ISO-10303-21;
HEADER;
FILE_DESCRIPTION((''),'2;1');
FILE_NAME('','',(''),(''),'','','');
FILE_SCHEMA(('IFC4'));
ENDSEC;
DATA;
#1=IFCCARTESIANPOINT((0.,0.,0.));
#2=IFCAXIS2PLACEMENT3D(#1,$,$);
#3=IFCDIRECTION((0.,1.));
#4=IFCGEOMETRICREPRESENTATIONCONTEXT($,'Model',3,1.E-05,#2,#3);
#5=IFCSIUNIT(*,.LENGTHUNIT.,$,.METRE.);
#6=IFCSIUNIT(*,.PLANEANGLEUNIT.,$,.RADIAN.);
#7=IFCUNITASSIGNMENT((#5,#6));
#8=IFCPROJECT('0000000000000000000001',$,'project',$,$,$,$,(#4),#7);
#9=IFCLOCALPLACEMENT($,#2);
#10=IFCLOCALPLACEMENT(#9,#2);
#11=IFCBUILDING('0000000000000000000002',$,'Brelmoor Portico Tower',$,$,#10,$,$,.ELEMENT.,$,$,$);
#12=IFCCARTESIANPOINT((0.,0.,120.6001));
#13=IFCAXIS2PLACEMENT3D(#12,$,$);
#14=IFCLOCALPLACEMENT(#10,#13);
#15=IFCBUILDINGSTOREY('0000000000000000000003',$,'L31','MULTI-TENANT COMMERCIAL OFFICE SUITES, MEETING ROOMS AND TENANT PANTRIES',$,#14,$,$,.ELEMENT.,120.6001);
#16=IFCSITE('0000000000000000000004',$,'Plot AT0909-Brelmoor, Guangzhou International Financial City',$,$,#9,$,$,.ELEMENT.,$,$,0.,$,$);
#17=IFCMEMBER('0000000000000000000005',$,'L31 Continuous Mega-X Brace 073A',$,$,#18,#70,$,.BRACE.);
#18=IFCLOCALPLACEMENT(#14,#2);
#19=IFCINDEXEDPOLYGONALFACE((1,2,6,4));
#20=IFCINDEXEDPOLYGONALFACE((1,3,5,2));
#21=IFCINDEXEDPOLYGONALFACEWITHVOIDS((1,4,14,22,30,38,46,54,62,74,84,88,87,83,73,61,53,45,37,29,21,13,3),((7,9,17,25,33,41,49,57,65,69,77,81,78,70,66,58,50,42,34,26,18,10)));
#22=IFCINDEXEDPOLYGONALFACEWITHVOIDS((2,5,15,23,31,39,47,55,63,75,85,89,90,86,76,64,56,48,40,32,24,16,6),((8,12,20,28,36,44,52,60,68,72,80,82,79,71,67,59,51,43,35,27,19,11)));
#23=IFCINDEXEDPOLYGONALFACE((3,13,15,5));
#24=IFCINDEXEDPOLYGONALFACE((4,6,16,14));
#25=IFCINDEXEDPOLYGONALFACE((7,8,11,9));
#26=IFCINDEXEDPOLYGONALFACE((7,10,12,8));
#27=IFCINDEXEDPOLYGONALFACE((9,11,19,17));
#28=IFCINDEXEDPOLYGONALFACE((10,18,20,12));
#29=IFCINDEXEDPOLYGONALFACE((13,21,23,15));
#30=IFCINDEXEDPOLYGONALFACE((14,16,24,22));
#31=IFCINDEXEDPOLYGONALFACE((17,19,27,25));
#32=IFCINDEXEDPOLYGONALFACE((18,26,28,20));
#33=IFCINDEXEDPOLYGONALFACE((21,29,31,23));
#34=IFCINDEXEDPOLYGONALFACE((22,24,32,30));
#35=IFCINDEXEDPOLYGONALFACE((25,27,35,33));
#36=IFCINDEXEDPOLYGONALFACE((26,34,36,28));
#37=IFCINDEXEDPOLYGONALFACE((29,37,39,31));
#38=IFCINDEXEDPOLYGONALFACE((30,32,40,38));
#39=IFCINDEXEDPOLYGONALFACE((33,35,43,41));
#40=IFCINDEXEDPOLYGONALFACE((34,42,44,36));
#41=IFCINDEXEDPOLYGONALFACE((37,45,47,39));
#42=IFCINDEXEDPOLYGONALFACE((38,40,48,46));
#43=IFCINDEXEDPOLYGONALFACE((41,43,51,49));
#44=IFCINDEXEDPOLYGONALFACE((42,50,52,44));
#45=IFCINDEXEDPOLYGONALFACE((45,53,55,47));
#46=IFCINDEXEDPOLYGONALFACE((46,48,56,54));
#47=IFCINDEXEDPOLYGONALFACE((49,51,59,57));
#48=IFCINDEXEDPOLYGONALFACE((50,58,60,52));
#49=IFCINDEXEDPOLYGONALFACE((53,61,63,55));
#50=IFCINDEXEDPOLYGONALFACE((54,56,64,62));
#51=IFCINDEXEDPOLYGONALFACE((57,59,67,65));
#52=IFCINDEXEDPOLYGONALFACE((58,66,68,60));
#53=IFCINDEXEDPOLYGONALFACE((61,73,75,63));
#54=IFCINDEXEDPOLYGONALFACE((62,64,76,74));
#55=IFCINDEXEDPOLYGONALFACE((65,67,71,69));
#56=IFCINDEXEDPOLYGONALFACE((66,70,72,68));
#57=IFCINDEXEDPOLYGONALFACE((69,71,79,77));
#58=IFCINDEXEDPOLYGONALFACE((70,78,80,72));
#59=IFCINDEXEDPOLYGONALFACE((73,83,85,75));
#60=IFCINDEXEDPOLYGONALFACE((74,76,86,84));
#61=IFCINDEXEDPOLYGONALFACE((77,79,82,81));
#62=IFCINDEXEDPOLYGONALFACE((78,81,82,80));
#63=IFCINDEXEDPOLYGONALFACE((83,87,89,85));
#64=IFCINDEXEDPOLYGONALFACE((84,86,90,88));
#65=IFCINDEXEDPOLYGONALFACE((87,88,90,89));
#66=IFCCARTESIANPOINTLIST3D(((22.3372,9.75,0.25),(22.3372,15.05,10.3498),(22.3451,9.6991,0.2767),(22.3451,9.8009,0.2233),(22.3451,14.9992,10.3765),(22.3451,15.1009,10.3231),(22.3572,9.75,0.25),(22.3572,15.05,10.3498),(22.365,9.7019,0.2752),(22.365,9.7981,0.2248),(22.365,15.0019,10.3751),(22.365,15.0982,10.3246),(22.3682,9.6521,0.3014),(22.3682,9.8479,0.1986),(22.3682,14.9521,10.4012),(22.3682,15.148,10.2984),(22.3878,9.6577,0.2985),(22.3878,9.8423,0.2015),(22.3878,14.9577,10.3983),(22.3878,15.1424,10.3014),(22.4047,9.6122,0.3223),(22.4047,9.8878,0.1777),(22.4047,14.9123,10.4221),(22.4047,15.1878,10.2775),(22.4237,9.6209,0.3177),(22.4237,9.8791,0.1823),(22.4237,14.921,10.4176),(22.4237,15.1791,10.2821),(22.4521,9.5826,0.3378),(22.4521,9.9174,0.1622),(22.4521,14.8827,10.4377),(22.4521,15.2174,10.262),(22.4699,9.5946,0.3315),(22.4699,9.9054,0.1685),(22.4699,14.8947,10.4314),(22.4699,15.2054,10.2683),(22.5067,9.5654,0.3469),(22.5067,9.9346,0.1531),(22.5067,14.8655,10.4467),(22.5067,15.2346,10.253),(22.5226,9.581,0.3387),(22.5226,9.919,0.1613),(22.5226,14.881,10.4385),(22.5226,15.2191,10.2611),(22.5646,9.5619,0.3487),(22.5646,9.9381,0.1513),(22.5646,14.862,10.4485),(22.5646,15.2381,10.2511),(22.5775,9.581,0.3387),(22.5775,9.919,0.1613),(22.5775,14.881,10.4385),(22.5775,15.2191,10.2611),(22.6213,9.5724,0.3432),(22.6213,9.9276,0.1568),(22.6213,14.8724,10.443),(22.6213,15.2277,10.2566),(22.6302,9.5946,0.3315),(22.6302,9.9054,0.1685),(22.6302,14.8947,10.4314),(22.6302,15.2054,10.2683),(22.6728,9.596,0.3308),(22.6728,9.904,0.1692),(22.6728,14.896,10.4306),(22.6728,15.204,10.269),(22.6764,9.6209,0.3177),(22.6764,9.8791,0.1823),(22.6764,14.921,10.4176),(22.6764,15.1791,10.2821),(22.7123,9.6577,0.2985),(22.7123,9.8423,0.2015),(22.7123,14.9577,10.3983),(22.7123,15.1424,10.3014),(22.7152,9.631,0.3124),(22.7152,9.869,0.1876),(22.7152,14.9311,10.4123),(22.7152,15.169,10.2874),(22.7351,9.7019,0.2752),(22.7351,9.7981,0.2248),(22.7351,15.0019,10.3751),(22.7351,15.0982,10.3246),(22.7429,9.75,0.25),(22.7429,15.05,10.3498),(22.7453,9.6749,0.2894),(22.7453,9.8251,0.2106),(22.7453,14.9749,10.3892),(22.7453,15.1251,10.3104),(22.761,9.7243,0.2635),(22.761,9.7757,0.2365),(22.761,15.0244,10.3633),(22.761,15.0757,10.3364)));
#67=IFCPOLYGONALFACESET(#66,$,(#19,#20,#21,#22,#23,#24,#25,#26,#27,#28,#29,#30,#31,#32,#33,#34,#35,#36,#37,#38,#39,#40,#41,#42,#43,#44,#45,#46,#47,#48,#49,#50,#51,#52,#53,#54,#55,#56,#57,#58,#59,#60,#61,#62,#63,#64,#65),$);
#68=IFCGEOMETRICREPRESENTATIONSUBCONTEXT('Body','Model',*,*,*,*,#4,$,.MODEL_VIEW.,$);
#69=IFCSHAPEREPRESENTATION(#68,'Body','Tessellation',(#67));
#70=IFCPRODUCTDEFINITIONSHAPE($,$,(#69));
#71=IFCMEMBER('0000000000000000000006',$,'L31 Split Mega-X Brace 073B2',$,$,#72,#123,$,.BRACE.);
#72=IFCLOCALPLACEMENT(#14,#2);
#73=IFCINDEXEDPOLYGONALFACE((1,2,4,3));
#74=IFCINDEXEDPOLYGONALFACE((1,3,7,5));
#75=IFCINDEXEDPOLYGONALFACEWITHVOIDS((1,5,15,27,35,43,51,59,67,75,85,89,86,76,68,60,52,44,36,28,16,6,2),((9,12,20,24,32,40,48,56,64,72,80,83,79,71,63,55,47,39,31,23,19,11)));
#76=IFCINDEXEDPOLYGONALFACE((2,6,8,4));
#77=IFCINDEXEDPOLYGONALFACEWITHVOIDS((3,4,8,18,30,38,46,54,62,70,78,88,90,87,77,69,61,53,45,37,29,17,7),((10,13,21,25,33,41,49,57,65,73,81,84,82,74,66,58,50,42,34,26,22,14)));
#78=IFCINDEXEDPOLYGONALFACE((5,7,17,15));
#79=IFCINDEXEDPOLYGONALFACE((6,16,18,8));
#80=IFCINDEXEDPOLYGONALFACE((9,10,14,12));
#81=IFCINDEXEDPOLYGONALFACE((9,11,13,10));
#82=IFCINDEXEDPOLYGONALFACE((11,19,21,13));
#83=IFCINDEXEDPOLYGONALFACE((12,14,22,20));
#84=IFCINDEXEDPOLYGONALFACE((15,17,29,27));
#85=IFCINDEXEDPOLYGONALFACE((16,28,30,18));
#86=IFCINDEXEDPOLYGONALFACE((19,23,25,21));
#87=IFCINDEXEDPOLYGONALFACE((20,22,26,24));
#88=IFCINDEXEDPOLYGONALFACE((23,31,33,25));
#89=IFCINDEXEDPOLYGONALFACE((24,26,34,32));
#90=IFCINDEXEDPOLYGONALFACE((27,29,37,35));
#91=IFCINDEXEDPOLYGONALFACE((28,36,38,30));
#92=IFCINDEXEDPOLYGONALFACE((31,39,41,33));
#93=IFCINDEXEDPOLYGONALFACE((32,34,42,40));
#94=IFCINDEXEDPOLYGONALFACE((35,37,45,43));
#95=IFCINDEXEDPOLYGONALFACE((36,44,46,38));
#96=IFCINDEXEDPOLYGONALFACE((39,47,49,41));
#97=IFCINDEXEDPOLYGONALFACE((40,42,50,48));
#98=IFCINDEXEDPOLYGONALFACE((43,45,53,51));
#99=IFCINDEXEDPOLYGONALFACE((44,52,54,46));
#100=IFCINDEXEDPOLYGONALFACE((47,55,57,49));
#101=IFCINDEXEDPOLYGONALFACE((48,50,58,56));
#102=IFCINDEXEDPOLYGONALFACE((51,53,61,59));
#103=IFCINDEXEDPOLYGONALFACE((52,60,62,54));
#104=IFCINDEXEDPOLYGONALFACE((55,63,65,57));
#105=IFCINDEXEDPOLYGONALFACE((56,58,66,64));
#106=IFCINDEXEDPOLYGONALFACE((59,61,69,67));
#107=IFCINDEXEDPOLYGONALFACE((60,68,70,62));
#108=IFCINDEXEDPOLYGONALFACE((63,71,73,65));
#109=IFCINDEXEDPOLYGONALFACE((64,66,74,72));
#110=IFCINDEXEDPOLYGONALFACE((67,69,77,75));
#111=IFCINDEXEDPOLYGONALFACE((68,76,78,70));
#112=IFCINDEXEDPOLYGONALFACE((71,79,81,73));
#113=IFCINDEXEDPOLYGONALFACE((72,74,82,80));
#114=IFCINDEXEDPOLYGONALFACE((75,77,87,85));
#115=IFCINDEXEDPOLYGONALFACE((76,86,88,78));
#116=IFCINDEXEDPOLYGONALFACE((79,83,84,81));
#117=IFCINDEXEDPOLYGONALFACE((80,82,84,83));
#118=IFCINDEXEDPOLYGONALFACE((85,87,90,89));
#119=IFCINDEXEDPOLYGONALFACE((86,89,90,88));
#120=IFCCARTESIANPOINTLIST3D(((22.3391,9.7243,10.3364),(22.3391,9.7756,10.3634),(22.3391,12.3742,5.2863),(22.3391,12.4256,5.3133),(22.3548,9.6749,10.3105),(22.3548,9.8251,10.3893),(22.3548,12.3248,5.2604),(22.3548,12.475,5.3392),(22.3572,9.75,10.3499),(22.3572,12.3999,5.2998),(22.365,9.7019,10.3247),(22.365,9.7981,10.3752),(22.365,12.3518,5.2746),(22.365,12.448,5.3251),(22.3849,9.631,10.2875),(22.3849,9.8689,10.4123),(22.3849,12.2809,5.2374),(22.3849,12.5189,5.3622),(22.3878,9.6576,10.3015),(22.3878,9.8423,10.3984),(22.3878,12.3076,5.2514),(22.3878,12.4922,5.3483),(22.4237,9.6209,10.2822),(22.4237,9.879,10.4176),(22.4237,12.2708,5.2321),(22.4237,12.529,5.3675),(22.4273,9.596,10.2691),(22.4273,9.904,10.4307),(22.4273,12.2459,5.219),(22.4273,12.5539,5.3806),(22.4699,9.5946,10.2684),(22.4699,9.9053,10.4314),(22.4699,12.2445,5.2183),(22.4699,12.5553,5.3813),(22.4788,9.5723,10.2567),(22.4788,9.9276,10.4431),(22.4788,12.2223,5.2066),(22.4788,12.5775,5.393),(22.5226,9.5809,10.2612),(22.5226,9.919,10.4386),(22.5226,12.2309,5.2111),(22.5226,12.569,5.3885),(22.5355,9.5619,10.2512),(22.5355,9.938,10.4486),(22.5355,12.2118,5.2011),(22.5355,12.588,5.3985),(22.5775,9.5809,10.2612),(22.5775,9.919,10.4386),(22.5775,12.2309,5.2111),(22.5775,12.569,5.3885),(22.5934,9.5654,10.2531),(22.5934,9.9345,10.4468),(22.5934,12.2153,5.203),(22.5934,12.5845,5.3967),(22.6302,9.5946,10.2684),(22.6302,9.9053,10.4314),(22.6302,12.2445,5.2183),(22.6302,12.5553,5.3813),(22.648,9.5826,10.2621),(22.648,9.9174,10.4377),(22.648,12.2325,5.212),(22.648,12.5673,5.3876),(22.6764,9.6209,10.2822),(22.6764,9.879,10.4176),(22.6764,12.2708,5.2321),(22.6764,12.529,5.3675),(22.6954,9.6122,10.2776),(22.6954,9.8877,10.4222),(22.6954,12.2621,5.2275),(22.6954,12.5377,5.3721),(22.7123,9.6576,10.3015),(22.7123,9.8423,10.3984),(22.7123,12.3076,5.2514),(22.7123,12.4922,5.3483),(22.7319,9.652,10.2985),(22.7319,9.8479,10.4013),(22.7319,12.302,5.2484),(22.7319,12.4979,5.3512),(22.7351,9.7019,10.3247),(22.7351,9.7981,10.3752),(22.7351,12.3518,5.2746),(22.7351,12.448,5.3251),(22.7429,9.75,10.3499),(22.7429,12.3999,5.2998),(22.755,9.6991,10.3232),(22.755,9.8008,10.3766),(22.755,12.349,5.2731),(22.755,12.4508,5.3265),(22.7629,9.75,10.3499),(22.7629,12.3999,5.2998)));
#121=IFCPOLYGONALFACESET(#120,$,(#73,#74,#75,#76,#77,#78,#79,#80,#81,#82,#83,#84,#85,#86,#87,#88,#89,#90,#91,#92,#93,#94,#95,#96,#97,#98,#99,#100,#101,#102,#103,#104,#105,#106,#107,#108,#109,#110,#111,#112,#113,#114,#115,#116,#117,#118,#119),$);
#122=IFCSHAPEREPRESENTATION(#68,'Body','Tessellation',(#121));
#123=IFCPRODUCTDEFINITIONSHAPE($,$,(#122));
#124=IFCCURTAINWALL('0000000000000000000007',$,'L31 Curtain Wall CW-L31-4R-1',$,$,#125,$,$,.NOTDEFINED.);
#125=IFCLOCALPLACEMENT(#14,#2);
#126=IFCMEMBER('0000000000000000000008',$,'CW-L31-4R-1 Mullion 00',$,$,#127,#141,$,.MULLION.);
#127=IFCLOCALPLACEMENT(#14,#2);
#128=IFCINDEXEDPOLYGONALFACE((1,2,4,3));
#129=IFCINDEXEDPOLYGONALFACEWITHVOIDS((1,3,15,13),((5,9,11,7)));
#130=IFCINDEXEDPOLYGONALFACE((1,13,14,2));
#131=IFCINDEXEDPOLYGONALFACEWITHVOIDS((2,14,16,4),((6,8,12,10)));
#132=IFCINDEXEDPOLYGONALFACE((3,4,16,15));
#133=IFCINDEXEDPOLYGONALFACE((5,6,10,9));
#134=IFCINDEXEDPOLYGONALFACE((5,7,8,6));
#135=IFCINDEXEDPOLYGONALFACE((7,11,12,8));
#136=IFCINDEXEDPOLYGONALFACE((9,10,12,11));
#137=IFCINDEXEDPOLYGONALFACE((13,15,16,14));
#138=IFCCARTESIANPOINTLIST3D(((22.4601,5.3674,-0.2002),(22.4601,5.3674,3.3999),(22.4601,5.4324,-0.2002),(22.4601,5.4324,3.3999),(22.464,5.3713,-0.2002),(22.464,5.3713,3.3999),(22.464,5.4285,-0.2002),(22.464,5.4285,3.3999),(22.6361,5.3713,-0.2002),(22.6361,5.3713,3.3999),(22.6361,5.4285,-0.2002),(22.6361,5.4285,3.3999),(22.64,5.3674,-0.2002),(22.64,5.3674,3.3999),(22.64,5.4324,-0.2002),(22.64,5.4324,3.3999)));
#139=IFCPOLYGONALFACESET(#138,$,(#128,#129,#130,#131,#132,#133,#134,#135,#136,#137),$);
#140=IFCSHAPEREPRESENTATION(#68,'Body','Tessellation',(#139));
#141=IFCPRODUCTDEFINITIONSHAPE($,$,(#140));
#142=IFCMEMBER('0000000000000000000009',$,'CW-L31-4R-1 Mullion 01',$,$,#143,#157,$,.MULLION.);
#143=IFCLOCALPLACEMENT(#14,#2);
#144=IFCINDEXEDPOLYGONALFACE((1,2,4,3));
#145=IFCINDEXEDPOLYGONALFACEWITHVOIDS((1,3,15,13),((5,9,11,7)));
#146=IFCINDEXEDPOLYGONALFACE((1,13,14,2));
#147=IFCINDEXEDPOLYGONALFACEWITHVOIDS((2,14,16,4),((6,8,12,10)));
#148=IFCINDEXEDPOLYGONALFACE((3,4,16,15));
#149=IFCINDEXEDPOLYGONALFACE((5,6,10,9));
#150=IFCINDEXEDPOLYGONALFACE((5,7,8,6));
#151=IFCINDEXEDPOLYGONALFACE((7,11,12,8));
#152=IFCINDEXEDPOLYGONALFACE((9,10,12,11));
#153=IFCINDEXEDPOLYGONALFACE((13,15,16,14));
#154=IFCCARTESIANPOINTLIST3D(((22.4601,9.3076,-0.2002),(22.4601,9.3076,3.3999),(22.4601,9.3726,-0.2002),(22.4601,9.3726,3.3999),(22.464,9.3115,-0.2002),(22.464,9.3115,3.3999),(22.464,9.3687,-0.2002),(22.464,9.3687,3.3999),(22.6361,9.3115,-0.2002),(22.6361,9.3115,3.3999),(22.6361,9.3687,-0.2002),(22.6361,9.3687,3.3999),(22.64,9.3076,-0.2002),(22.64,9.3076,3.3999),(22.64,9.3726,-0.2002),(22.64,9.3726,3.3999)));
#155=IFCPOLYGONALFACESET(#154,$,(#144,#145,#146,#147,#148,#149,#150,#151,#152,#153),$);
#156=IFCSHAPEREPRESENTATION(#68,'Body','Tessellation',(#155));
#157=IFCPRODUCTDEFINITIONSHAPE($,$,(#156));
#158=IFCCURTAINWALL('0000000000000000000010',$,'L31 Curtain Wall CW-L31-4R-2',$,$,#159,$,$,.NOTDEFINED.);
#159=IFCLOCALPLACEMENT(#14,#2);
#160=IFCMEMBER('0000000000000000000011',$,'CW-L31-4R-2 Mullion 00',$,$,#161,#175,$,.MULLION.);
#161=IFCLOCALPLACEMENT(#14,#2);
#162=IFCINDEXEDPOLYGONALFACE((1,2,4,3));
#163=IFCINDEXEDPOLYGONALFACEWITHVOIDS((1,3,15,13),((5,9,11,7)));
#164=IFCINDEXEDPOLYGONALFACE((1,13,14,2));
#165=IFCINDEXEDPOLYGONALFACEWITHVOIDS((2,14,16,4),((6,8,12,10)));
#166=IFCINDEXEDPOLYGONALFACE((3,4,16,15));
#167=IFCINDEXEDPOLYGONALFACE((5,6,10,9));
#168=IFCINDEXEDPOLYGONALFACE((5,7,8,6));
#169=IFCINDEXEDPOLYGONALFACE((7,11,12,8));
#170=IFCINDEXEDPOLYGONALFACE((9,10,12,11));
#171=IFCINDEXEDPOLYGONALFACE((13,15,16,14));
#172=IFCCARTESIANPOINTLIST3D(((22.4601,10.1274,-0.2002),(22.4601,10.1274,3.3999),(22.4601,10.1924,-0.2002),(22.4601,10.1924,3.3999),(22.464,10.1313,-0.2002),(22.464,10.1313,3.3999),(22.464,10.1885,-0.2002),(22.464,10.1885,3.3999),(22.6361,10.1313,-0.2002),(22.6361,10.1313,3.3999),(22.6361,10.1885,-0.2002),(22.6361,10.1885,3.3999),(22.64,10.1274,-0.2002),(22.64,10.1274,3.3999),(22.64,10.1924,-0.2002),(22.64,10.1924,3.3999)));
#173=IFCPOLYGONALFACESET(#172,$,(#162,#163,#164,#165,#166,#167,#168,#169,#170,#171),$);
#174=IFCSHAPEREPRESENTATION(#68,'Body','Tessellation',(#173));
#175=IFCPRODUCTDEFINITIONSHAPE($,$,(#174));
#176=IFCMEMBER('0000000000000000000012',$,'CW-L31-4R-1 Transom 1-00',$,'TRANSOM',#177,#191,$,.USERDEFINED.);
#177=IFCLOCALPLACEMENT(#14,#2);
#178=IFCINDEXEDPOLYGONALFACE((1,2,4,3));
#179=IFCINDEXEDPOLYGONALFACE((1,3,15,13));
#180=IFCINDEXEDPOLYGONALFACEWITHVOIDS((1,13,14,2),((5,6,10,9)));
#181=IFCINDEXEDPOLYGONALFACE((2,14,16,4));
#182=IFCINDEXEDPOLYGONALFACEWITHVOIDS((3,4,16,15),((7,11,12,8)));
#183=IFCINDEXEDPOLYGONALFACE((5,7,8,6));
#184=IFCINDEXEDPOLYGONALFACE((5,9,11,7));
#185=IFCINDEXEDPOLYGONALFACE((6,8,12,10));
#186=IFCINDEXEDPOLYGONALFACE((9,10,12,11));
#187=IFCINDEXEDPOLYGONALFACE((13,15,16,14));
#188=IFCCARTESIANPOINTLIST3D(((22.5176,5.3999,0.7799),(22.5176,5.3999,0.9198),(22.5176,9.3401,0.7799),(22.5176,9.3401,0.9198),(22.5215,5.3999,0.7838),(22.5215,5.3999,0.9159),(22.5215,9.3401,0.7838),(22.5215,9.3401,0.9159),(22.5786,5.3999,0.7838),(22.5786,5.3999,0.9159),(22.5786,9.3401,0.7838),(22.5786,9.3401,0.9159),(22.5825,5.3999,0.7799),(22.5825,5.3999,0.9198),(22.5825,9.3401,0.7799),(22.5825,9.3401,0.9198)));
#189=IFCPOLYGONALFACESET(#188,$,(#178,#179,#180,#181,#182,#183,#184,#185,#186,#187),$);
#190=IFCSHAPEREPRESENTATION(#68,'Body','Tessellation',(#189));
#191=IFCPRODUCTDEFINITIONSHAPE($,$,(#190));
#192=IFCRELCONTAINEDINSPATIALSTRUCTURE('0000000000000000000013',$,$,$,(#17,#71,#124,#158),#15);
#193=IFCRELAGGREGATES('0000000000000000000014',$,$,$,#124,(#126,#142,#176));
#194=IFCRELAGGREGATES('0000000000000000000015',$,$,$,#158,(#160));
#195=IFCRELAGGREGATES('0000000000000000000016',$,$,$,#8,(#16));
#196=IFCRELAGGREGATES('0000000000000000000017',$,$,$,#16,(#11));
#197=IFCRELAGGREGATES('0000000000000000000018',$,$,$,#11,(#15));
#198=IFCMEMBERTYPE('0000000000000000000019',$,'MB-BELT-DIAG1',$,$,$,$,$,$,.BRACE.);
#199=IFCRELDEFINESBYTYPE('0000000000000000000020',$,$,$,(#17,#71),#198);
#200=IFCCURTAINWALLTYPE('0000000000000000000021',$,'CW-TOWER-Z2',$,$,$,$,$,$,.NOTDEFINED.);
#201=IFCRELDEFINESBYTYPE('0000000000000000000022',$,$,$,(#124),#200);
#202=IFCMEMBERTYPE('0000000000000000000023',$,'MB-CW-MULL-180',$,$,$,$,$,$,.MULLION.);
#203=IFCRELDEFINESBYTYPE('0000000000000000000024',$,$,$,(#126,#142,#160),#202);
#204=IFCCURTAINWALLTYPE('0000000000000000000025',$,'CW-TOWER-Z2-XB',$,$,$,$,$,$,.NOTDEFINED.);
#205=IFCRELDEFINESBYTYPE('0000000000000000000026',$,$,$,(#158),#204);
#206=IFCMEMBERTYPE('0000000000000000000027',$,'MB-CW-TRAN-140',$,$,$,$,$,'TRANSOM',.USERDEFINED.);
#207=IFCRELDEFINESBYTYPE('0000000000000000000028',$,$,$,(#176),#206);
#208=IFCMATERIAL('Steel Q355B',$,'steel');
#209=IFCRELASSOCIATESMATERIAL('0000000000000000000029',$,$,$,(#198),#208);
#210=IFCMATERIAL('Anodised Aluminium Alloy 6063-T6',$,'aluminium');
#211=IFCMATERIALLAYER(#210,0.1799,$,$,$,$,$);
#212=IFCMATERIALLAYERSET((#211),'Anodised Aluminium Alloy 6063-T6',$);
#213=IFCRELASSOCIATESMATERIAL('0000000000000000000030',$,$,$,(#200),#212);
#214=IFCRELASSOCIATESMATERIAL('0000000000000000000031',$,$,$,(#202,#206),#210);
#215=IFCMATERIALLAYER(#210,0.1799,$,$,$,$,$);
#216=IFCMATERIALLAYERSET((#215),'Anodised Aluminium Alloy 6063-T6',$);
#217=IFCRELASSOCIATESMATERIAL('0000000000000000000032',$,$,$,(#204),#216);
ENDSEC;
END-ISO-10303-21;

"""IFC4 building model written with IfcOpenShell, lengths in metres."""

from ifc_helpers import new_model, si_unit, direction, frame, origin, origin_2d, place, context, subcontext, project, spatial, hollow_rectangle, hollow_circle, extrude, material, layer, layer_set, material_profile, profile_set, type_object, element, aggregate, save


model = new_model("IFC4")

# Units and contexts
model_context = context("Model", 3, precision=1e-05, world=origin(), true_north=direction((0.0, 1.0)))
body_context = subcontext(model_context, "Body", "Model", "MODEL_VIEW")
ifc_project = project(units=[si_unit("LENGTHUNIT", "METRE"), si_unit("PLANEANGLEUNIT", "RADIAN")], contexts=[model_context])

# Site, building, storey
site_placement = place(None, origin())
site = spatial("IfcSite", under=ifc_project, at=site_placement, Name="Plot AT0909-Brelmoor, Guangzhou International Financial City", CompositionType="ELEMENT", RefElevation=0.0)
building_placement = place(site_placement, origin())
building = spatial("IfcBuilding", under=site, at=building_placement, Name="Brelmoor Portico Tower", CompositionType="ELEMENT")
storey_placement = place(building_placement, frame((0.0, 0.0, 120.6001)))
storey = spatial("IfcBuildingStorey", under=building, at=storey_placement, Name="L31", Description="MULTI-TENANT COMMERCIAL OFFICE SUITES, MEETING ROOMS AND TENANT PANTRIES", CompositionType="ELEMENT", Elevation=120.6001)

# Shared definitions
ifc_material_1 = material(Name="Steel Q355B", Category="steel")

# Members
ifc_material_profile_1 = material_profile(ifc_material_1, hollow_circle(Radius=0.2129, WallThickness=0.02, at=origin_2d()), Name="CHS 426x20")
ifc_profile_set_1 = profile_set([ifc_material_profile_1], Name="Steel Q355B")
member_type_1 = type_object("IfcMemberType", Name="MB-BELT-DIAG1", PredefinedType="BRACE", material=ifc_profile_set_1)
member_1_placement = place(storey_placement, frame((22.55, 9.75, 0.25), z_axis=(0.0, 0.464671, 0.885484), x_axis=(-1.0, 0.0, 0.0)))
element("IfcMember", 1, at=member_1_placement, inside=storey, type_object=member_type_1, Name="L31 Continuous Mega-X Brace 073A", PredefinedType="BRACE", context=body_context, shape_type="SweptSolid", body=[
    extrude(hollow_circle(Radius=0.2129, WallThickness=0.02, at=origin_2d()), origin(), (0.0, 0.0, 1.0), 11.406),
])
member_2_placement = place(storey_placement, frame((22.55, 12.3999, 5.2998), z_axis=(0.0, -0.464645, 0.885497), x_axis=(1.0, 0.0, 0.0)))
element("IfcMember", 2, at=member_2_placement, inside=storey, type_object=member_type_1, Name="L31 Split Mega-X Brace 073B2", PredefinedType="BRACE", context=body_context, shape_type="SweptSolid", body=[
    extrude(hollow_circle(Radius=0.2129, WallThickness=0.02, at=origin_2d()), origin(), (0.0, 0.0, 1.0), 5.7031),
])

# Curtain wall, members
ifc_material_2 = material(Name="Anodised Aluminium Alloy 6063-T6", Category="aluminium")
ifc_layer_1 = layer(ifc_material_2, 0.1799)
ifc_layer_set_1 = layer_set([ifc_layer_1], Name="Anodised Aluminium Alloy 6063-T6")
curtain_wall_type_1 = type_object("IfcCurtainWallType", Name="CW-TOWER-Z2", PredefinedType="NOTDEFINED", material=ifc_layer_set_1)
curtain_wall_1_placement = place(storey_placement, origin())
curtain_wall_1 = element("IfcCurtainWall", 3, at=curtain_wall_1_placement, inside=storey, type_object=curtain_wall_type_1, Name="L31 Curtain Wall CW-L31-4R-1", PredefinedType="NOTDEFINED")
ifc_material_profile_2 = material_profile(ifc_material_2, hollow_rectangle(XDim=0.0649, YDim=0.1799, WallThickness=0.0039, at=origin_2d()), Name="ALU MULLION 65x180")
ifc_profile_set_2 = profile_set([ifc_material_profile_2], Name="Anodised Aluminium Alloy 6063-T6")
member_type_2 = type_object("IfcMemberType", Name="MB-CW-MULL-180", PredefinedType="MULLION", material=ifc_profile_set_2)
member_3_placement = place(storey_placement, frame((22.55, 5.3999, -0.2002), z_axis=(0.0, 0.0, 1.0), x_axis=(0.0, 1.0, 0.0)))
member_3 = element("IfcMember", 4, at=member_3_placement, type_object=member_type_2, Name="CW-L31-4R-1 Mullion 00", PredefinedType="MULLION", context=body_context, shape_type="SweptSolid", body=[
    extrude(hollow_rectangle(XDim=0.0649, YDim=0.1799, WallThickness=0.0039, at=origin_2d()), origin(), (0.0, 0.0, 1.0), 3.6001),
])
member_4_placement = place(storey_placement, frame((22.55, 9.3401, -0.2002), z_axis=(0.0, 0.0, 1.0), x_axis=(0.0, 1.0, 0.0)))
member_4 = element("IfcMember", 5, at=member_4_placement, type_object=member_type_2, Name="CW-L31-4R-1 Mullion 01", PredefinedType="MULLION", context=body_context, shape_type="SweptSolid", body=[
    extrude(hollow_rectangle(XDim=0.0649, YDim=0.1799, WallThickness=0.0039, at=origin_2d()), origin(), (0.0, 0.0, 1.0), 3.6001),
])

# Curtain wall, member
ifc_layer_2 = layer(ifc_material_2, 0.1799)
ifc_layer_set_2 = layer_set([ifc_layer_2], Name="Anodised Aluminium Alloy 6063-T6")
curtain_wall_type_2 = type_object("IfcCurtainWallType", Name="CW-TOWER-Z2-XB", PredefinedType="NOTDEFINED", material=ifc_layer_set_2)
curtain_wall_2_placement = place(storey_placement, origin())
curtain_wall_2 = element("IfcCurtainWall", 6, at=curtain_wall_2_placement, inside=storey, type_object=curtain_wall_type_2, Name="L31 Curtain Wall CW-L31-4R-2", PredefinedType="NOTDEFINED")
member_5_placement = place(storey_placement, frame((22.55, 10.1599, -0.2002), z_axis=(0.0, 0.0, 1.0), x_axis=(0.0, 1.0, 0.0)))
member_5 = element("IfcMember", 7, at=member_5_placement, type_object=member_type_2, Name="CW-L31-4R-2 Mullion 00", PredefinedType="MULLION", context=body_context, shape_type="SweptSolid", body=[
    extrude(hollow_rectangle(XDim=0.0649, YDim=0.1799, WallThickness=0.0039, at=origin_2d()), origin(), (0.0, 0.0, 1.0), 3.6001),
])

# Member
ifc_material_profile_3 = material_profile(ifc_material_2, hollow_rectangle(XDim=0.0649, YDim=0.1399, WallThickness=0.0039, at=origin_2d()), Name="ALU TRANSOM 65x140")
ifc_profile_set_3 = profile_set([ifc_material_profile_3], Name="Anodised Aluminium Alloy 6063-T6")
member_type_3 = type_object("IfcMemberType", Name="MB-CW-TRAN-140", ElementType="TRANSOM", PredefinedType="USERDEFINED", material=ifc_profile_set_3)
member_6_placement = place(storey_placement, frame((22.55, 5.3999, 0.8499), z_axis=(0.0, 1.0, 0.0), x_axis=(-1.0, 0.0, 0.0)))
member_6 = element("IfcMember", 8, at=member_6_placement, type_object=member_type_3, Name="CW-L31-4R-1 Transom 1-00", ObjectType="TRANSOM", PredefinedType="USERDEFINED", context=body_context, shape_type="SweptSolid", body=[
    extrude(hollow_rectangle(XDim=0.0649, YDim=0.1399, WallThickness=0.0039, at=origin_2d()), origin(), (0.0, 0.0, 1.0), 3.9402),
])

aggregate(curtain_wall_1, [member_3, member_4, member_6])
aggregate(curtain_wall_2, [member_5])

save(model, "model.ifc")
